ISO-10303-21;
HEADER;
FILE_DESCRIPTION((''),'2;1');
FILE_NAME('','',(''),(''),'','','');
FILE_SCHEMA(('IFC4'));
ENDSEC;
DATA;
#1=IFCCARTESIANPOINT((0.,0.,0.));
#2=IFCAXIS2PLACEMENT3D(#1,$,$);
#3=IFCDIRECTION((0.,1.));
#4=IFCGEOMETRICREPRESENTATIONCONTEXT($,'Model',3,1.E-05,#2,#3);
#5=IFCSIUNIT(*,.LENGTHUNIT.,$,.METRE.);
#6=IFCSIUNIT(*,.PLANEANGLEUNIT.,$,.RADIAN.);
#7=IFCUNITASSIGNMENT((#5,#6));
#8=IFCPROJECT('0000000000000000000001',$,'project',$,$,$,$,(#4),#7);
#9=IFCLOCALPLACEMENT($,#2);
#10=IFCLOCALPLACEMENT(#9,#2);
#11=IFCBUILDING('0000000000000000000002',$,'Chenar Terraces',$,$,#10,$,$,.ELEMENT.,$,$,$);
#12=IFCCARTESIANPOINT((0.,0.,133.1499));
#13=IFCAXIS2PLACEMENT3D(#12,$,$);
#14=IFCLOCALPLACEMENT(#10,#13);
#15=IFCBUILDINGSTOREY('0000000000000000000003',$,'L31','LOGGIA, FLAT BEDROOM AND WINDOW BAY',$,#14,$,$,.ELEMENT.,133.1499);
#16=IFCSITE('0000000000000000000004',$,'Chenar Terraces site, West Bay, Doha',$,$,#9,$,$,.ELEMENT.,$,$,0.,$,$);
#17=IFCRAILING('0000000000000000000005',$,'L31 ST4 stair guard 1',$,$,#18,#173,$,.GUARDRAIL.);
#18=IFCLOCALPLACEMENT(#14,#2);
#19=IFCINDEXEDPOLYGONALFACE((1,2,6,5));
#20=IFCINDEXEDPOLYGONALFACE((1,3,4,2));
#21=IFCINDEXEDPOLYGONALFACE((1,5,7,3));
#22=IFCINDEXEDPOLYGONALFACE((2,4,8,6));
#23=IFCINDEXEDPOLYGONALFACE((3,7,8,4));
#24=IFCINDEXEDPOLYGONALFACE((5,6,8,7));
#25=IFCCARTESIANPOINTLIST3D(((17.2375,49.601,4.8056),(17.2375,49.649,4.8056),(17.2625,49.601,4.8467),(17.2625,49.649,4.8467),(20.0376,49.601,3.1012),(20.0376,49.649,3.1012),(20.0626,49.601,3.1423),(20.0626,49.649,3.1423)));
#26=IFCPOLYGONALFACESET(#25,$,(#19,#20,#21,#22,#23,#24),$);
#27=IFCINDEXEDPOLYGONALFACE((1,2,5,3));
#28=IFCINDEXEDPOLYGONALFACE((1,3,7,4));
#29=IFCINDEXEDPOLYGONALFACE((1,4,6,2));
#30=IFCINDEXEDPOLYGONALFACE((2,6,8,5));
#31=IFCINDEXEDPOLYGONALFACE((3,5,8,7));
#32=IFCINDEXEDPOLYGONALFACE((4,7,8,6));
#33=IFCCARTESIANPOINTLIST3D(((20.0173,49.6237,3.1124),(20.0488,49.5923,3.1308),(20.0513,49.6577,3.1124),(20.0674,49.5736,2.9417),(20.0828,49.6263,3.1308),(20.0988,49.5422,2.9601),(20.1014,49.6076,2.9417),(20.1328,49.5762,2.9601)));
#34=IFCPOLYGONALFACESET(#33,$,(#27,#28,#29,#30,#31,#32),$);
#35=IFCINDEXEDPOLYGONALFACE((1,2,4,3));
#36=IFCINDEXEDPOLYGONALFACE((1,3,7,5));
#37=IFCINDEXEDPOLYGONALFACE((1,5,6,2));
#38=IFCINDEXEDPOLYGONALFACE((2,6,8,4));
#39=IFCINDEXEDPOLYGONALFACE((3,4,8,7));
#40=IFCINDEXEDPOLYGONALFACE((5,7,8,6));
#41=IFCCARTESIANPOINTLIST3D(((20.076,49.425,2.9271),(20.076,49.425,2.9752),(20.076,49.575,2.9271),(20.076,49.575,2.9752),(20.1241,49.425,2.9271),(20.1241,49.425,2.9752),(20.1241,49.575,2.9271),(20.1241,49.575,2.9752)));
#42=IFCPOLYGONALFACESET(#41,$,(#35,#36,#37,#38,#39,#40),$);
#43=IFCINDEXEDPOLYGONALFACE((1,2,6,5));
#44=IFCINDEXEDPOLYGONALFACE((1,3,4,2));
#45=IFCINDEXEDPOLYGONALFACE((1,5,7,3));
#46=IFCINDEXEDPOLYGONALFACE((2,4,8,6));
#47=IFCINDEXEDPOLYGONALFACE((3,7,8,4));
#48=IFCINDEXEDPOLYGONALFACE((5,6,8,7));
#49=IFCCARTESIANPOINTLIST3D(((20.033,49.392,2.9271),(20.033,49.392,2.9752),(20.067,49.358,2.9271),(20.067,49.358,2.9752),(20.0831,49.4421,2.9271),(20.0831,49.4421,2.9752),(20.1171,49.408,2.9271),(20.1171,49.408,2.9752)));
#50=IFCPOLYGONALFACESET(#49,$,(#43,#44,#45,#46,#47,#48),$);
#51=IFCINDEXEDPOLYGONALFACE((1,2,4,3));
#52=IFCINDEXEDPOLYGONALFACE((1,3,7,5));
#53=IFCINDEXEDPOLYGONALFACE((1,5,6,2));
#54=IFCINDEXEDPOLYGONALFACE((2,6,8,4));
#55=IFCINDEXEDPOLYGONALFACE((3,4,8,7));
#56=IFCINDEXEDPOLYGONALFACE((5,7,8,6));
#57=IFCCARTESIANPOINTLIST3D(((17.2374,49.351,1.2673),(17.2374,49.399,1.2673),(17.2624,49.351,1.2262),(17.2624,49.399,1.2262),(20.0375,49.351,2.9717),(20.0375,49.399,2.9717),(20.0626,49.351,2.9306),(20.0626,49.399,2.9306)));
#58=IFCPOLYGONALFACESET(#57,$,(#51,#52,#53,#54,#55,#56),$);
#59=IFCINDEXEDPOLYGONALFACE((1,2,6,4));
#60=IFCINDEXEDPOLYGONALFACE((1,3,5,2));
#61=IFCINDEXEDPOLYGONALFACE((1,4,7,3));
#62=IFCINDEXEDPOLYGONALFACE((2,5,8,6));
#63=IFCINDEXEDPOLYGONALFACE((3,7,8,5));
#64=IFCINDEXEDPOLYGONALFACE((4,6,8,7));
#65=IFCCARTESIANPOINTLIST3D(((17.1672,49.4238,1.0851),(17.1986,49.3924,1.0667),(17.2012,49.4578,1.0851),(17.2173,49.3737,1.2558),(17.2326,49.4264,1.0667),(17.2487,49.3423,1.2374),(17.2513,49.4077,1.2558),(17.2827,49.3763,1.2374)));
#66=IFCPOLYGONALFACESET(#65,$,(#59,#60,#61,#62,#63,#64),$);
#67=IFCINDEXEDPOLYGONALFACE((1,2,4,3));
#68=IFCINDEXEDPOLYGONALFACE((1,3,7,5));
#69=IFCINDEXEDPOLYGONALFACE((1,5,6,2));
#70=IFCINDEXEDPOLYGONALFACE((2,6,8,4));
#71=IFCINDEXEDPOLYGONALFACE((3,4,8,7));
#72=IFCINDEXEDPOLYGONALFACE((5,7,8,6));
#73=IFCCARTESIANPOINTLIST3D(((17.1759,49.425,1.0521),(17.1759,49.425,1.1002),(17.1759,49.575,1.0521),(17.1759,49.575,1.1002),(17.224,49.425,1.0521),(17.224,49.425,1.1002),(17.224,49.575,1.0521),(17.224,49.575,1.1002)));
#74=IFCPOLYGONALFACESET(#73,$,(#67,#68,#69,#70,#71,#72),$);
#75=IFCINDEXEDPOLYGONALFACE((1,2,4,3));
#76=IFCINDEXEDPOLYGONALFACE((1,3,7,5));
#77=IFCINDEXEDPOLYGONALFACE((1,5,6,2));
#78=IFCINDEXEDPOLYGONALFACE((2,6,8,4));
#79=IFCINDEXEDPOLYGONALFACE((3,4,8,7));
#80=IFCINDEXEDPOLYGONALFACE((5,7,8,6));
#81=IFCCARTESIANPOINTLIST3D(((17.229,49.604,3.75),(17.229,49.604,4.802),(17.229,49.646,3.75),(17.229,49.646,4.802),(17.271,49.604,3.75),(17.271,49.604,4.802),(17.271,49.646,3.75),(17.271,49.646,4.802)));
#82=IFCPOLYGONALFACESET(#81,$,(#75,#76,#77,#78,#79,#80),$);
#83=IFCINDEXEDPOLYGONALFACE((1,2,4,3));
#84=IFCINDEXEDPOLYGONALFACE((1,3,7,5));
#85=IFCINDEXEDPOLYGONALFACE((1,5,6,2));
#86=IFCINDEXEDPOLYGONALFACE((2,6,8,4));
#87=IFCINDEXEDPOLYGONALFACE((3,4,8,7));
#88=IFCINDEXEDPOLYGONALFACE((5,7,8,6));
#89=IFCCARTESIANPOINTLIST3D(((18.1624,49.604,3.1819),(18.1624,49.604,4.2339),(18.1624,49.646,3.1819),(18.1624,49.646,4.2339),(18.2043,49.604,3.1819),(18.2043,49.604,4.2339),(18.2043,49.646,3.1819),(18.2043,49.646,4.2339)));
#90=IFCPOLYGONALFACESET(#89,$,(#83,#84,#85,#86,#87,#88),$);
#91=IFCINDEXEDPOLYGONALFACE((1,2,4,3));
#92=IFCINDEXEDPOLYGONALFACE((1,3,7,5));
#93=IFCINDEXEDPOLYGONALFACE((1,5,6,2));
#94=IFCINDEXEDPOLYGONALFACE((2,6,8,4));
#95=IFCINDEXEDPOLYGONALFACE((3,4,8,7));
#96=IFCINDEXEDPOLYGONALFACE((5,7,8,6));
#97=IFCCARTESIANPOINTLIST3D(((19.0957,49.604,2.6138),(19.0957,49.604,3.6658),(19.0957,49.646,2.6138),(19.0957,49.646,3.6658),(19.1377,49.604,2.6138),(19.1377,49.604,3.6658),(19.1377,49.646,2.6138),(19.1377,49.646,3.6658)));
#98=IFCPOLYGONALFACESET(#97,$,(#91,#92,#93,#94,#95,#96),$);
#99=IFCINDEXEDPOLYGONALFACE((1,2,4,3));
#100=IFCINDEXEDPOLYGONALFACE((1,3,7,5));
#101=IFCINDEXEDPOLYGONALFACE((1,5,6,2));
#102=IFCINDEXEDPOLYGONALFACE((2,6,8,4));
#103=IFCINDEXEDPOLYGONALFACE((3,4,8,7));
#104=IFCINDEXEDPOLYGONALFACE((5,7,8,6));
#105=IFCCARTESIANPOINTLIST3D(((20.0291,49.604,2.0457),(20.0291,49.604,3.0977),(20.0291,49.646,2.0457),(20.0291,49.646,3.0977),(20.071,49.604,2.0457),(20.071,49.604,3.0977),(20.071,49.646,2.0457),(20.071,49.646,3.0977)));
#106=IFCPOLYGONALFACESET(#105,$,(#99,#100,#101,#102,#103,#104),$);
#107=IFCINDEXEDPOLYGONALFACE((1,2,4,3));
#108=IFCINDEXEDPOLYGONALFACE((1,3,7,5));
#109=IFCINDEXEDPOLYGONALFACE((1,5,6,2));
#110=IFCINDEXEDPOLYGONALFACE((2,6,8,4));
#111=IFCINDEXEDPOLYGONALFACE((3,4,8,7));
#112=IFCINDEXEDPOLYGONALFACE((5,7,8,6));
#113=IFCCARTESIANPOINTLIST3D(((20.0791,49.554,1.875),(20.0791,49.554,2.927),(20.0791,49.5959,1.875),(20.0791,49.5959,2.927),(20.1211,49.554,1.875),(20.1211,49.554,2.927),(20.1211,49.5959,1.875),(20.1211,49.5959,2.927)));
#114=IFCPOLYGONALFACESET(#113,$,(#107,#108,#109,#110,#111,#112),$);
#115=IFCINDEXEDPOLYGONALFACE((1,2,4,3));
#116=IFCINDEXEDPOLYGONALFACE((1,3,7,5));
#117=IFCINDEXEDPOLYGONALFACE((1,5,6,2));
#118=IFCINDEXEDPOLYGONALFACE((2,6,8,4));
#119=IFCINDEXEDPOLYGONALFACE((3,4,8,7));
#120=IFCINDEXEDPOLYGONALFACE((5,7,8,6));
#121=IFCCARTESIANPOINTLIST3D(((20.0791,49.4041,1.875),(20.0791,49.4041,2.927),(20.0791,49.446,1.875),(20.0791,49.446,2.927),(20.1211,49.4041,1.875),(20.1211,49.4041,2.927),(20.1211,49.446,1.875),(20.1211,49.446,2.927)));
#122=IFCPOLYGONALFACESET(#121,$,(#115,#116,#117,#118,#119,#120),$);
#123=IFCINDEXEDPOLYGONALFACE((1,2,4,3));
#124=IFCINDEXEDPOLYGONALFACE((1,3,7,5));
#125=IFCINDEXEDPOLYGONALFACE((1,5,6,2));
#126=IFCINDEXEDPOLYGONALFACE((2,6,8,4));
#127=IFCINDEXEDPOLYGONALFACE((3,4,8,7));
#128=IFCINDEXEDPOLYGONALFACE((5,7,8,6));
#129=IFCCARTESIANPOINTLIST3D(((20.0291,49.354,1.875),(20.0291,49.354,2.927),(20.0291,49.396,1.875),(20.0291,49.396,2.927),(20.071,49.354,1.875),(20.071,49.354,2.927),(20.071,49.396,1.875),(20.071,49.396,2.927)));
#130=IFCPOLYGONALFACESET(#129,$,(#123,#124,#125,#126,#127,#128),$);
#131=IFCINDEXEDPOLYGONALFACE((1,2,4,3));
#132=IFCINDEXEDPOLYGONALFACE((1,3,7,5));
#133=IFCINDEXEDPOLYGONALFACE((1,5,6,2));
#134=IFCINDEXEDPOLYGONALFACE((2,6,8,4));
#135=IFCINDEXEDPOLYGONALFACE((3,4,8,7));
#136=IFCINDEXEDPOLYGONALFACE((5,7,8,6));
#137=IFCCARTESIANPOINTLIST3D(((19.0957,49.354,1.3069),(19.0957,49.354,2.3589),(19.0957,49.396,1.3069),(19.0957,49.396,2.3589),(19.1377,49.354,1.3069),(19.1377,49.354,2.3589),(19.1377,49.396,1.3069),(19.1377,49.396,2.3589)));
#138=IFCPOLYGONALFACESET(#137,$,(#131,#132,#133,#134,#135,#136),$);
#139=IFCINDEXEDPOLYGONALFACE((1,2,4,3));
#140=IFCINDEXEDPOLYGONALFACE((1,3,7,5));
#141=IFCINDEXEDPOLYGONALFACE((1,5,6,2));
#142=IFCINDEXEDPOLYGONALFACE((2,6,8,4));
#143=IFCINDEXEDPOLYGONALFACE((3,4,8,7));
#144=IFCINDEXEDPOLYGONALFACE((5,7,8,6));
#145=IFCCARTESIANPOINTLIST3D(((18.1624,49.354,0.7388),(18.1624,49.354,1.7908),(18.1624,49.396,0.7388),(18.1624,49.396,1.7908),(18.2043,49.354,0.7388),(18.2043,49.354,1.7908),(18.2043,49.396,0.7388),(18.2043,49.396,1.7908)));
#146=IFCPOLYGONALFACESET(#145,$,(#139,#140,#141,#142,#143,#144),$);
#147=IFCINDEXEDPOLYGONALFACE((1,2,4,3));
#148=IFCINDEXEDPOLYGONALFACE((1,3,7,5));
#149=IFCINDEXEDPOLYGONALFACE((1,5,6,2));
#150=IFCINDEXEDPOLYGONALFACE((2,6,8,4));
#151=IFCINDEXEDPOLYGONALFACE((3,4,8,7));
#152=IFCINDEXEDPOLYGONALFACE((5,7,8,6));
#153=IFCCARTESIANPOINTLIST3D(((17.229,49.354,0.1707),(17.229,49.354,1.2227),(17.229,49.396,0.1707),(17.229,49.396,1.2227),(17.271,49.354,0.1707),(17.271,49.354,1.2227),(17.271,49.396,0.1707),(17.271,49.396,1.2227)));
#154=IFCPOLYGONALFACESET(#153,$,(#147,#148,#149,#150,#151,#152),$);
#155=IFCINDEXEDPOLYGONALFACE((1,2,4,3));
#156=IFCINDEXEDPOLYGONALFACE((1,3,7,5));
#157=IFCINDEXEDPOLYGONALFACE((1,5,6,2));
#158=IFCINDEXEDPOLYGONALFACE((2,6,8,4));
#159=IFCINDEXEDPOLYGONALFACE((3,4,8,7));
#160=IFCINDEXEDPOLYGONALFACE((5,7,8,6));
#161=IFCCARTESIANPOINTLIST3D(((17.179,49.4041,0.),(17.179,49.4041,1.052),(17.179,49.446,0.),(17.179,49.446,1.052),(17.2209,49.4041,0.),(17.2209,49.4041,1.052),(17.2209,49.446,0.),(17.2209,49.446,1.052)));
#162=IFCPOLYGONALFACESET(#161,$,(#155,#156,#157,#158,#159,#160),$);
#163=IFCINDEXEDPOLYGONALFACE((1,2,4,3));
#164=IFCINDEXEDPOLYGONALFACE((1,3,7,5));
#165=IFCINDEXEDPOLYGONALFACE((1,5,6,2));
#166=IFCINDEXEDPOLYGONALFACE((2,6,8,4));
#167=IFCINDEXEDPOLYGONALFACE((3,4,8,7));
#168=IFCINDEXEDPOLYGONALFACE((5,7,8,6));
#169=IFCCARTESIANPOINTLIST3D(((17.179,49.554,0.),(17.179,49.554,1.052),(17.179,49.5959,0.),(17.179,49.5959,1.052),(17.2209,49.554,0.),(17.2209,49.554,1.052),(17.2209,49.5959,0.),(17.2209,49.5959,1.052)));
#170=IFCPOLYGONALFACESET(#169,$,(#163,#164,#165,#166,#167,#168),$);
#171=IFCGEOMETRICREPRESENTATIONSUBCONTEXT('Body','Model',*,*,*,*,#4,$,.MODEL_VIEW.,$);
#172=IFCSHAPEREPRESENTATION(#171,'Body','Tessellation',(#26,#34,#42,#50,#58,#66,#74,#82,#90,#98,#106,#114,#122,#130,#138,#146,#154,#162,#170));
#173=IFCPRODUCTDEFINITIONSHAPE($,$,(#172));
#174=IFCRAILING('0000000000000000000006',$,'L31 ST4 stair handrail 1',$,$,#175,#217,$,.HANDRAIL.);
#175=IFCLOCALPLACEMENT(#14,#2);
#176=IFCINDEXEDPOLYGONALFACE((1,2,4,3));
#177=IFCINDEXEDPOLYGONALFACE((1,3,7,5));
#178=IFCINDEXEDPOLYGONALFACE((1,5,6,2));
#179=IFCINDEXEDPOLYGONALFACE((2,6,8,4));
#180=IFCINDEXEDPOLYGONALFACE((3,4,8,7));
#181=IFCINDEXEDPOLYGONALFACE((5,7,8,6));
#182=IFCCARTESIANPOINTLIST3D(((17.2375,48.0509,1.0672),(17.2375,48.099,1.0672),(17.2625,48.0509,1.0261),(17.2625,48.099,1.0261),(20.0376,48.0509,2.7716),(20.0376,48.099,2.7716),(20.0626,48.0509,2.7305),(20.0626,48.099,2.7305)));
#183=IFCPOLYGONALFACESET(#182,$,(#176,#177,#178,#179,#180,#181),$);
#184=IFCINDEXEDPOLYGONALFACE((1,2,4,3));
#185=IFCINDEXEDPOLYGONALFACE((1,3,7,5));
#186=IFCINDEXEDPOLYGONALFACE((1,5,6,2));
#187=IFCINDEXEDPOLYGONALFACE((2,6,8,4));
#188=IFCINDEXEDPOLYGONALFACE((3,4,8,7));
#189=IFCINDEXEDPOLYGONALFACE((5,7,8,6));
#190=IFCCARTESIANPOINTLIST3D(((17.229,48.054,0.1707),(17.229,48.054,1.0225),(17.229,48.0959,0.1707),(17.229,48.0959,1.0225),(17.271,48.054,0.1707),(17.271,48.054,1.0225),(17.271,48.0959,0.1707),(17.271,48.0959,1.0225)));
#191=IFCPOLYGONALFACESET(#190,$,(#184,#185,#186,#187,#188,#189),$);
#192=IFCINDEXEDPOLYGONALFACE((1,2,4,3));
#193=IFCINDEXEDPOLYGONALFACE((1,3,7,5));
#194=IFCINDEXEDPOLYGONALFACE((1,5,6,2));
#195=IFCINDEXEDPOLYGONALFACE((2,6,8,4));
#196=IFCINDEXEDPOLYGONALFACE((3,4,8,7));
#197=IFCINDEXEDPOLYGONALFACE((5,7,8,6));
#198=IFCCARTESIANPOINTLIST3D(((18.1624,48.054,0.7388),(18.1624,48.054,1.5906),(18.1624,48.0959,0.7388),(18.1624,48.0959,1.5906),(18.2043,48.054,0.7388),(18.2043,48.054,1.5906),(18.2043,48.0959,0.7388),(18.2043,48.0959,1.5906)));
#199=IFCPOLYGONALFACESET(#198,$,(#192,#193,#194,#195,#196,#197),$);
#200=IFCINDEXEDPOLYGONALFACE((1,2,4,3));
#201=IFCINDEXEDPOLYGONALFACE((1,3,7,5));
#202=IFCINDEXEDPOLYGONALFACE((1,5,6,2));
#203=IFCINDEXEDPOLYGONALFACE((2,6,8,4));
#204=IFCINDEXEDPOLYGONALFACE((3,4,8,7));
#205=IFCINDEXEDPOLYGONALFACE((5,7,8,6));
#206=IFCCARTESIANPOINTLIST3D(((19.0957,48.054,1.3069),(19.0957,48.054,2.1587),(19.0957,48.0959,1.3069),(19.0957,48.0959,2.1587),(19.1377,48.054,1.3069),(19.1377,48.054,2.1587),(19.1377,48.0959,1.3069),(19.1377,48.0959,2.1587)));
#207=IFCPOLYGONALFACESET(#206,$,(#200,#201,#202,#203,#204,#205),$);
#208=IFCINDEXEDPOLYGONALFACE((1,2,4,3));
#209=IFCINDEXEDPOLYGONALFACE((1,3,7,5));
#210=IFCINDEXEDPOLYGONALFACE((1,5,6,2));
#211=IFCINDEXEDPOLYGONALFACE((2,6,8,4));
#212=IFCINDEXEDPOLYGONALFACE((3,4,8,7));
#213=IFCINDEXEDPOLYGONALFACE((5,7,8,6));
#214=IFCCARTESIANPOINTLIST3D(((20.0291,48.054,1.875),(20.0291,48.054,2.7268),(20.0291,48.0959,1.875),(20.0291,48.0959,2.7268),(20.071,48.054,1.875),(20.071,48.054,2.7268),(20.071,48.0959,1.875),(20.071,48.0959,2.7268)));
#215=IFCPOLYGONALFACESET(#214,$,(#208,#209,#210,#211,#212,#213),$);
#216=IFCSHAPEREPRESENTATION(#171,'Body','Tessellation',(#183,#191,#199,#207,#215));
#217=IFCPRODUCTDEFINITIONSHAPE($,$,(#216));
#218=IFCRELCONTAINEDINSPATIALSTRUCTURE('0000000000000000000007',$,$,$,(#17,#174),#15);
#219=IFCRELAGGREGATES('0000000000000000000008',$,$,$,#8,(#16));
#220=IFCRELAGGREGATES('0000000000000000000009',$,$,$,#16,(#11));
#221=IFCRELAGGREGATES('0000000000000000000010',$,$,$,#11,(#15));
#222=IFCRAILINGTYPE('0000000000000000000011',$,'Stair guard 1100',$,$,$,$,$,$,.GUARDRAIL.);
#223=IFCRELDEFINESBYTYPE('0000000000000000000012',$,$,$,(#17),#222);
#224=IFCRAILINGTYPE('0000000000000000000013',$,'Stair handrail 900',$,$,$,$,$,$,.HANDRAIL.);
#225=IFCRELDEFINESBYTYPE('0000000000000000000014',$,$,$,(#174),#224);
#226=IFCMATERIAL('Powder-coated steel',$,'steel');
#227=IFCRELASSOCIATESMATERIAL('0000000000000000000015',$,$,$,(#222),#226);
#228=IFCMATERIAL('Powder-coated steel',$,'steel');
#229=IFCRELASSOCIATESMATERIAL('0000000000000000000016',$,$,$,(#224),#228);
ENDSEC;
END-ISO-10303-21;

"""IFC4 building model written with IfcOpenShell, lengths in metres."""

from ifc_helpers import new_model, si_unit, direction, frame, origin, origin_2d, place, context, subcontext, project, spatial, rectangle, extrude, material, type_object, element, save


model = new_model("IFC4")

# Units and contexts
model_context = context("Model", 3, precision=1e-05, world=origin(), true_north=direction((0.0, 1.0)))
body_context = subcontext(model_context, "Body", "Model", "MODEL_VIEW")
ifc_project = project(units=[si_unit("LENGTHUNIT", "METRE"), si_unit("PLANEANGLEUNIT", "RADIAN")], contexts=[model_context])

# Site, building, storey
site_placement = place(None, origin())
site = spatial("IfcSite", under=ifc_project, at=site_placement, Name="Chenar Terraces site, West Bay, Doha", CompositionType="ELEMENT", RefElevation=0.0)
building_placement = place(site_placement, origin())
building = spatial("IfcBuilding", under=site, at=building_placement, Name="Chenar Terraces", CompositionType="ELEMENT")
storey_placement = place(building_placement, frame((0.0, 0.0, 133.1499)))
storey = spatial("IfcBuildingStorey", under=building, at=storey_placement, Name="L31", Description="LOGGIA, FLAT BEDROOM AND WINDOW BAY", CompositionType="ELEMENT", Elevation=133.1499)

# Railings
ifc_material_1 = material(Name="Powder-coated steel", Category="steel")
railing_type_1 = type_object("IfcRailingType", Name="Stair guard 1100", PredefinedType="GUARDRAIL", material=ifc_material_1)
railing_1_placement = place(storey_placement, frame((17.25, 49.625, 3.75)))
element("IfcRailing", 1, at=railing_1_placement, inside=storey, type_object=railing_type_1, Name="L31 ST4 stair guard 1", PredefinedType="GUARDRAIL", context=body_context, shape_type="SweptSolid", body=[
    extrude(rectangle(XDim=0.0481, YDim=0.0481, at=origin_2d()), frame((0.0, 0.0, 1.0762), z_axis=(0.854203, 0.0, -0.51994), x_axis=(0.0, 1.0, 0.0)), (0.0, 0.0, 1.0), 3.2781),
    extrude(rectangle(XDim=0.0481, YDim=0.0481, at=origin_2d()), frame((2.8, 0.0, -0.6284), z_axis=(0.2709, -0.2709, -0.923703), x_axis=(0.707107, 0.707107, 0.0)), (0.0, 0.0, 1.0), 0.1848),
    extrude(rectangle(XDim=0.0481, YDim=0.0481, at=origin_2d()), frame((2.8501, -0.05, -0.7988), z_axis=(0.0, -1.0, 0.0), x_axis=(1.0, 0.0, 0.0)), (0.0, 0.0, 1.0), 0.1499),
    extrude(rectangle(XDim=0.0481, YDim=0.0481, at=origin_2d()), frame((2.8501, -0.2, -0.7988), z_axis=(-0.707107, -0.707107, 0.0), x_axis=(0.707107, -0.707107, 0.0)), (0.0, 0.0, 1.0), 0.0708),
    extrude(rectangle(XDim=0.0481, YDim=0.0481, at=origin_2d()), frame((2.8, -0.25, -0.7988), z_axis=(-0.854203, 0.0, -0.51994), x_axis=(0.0, -1.0, 0.0)), (0.0, 0.0, 1.0), 3.2781),
    extrude(rectangle(XDim=0.0481, YDim=0.0481, at=origin_2d()), frame((0.0, -0.25, -2.5034), z_axis=(-0.2709, 0.2709, -0.923703), x_axis=(-0.707107, -0.707107, 0.0)), (0.0, 0.0, 1.0), 0.1848),
    extrude(rectangle(XDim=0.0481, YDim=0.0481, at=origin_2d()), frame((-0.05, -0.2, -2.6738), z_axis=(0.0, 1.0, 0.0), x_axis=(-1.0, 0.0, 0.0)), (0.0, 0.0, 1.0), 0.1499),
    extrude(rectangle(XDim=0.042, YDim=0.042, at=origin_2d()), origin(), (0.0, 0.0, 1.0), 1.052),
    extrude(rectangle(XDim=0.042, YDim=0.042, at=origin_2d()), frame((0.9333, 0.0, -0.5681)), (0.0, 0.0, 1.0), 1.052),
    extrude(rectangle(XDim=0.042, YDim=0.042, at=origin_2d()), frame((1.8667, 0.0, -1.1362)), (0.0, 0.0, 1.0), 1.052),
    extrude(rectangle(XDim=0.042, YDim=0.042, at=origin_2d()), frame((2.8, 0.0, -1.7043)), (0.0, 0.0, 1.0), 1.052),
    extrude(rectangle(XDim=0.042, YDim=0.042, at=origin_2d()), frame((2.8501, -0.05, -1.875)), (0.0, 0.0, 1.0), 1.052),
    extrude(rectangle(XDim=0.042, YDim=0.042, at=origin_2d()), frame((2.8501, -0.2, -1.875)), (0.0, 0.0, 1.0), 1.052),
    extrude(rectangle(XDim=0.042, YDim=0.042, at=origin_2d()), frame((2.8, -0.25, -1.875)), (0.0, 0.0, 1.0), 1.052),
    extrude(rectangle(XDim=0.042, YDim=0.042, at=origin_2d()), frame((1.8667, -0.25, -2.4431)), (0.0, 0.0, 1.0), 1.052),
    extrude(rectangle(XDim=0.042, YDim=0.042, at=origin_2d()), frame((0.9333, -0.25, -3.0112)), (0.0, 0.0, 1.0), 1.052),
    extrude(rectangle(XDim=0.042, YDim=0.042, at=origin_2d()), frame((0.0, -0.25, -3.5793)), (0.0, 0.0, 1.0), 1.052),
    extrude(rectangle(XDim=0.042, YDim=0.042, at=origin_2d()), frame((-0.05, -0.2, -3.75)), (0.0, 0.0, 1.0), 1.052),
    extrude(rectangle(XDim=0.042, YDim=0.042, at=origin_2d()), frame((-0.05, -0.05, -3.75)), (0.0, 0.0, 1.0), 1.052),
])
ifc_material_2 = material(Name="Powder-coated steel", Category="steel")
railing_type_2 = type_object("IfcRailingType", Name="Stair handrail 900", PredefinedType="HANDRAIL", material=ifc_material_2)
railing_2_placement = place(storey_placement, frame((17.25, 48.075, 0.1707)))
element("IfcRailing", 2, at=railing_2_placement, inside=storey, type_object=railing_type_2, Name="L31 ST4 stair handrail 1", PredefinedType="HANDRAIL", context=body_context, shape_type="SweptSolid", body=[
    extrude(rectangle(XDim=0.0481, YDim=0.0481, at=origin_2d()), frame((0.0, 0.0, 0.876), z_axis=(0.854203, 0.0, 0.51994), x_axis=(0.0, 1.0, 0.0)), (0.0, 0.0, 1.0), 3.2781),
    extrude(rectangle(XDim=0.042, YDim=0.042, at=origin_2d()), origin(), (0.0, 0.0, 1.0), 0.8518),
    extrude(rectangle(XDim=0.042, YDim=0.042, at=origin_2d()), frame((0.9333, 0.0, 0.5681)), (0.0, 0.0, 1.0), 0.8518),
    extrude(rectangle(XDim=0.042, YDim=0.042, at=origin_2d()), frame((1.8667, 0.0, 1.1362)), (0.0, 0.0, 1.0), 0.8518),
    extrude(rectangle(XDim=0.042, YDim=0.042, at=origin_2d()), frame((2.8, 0.0, 1.7043)), (0.0, 0.0, 1.0), 0.8518),
])

save(model, "model.ifc")
